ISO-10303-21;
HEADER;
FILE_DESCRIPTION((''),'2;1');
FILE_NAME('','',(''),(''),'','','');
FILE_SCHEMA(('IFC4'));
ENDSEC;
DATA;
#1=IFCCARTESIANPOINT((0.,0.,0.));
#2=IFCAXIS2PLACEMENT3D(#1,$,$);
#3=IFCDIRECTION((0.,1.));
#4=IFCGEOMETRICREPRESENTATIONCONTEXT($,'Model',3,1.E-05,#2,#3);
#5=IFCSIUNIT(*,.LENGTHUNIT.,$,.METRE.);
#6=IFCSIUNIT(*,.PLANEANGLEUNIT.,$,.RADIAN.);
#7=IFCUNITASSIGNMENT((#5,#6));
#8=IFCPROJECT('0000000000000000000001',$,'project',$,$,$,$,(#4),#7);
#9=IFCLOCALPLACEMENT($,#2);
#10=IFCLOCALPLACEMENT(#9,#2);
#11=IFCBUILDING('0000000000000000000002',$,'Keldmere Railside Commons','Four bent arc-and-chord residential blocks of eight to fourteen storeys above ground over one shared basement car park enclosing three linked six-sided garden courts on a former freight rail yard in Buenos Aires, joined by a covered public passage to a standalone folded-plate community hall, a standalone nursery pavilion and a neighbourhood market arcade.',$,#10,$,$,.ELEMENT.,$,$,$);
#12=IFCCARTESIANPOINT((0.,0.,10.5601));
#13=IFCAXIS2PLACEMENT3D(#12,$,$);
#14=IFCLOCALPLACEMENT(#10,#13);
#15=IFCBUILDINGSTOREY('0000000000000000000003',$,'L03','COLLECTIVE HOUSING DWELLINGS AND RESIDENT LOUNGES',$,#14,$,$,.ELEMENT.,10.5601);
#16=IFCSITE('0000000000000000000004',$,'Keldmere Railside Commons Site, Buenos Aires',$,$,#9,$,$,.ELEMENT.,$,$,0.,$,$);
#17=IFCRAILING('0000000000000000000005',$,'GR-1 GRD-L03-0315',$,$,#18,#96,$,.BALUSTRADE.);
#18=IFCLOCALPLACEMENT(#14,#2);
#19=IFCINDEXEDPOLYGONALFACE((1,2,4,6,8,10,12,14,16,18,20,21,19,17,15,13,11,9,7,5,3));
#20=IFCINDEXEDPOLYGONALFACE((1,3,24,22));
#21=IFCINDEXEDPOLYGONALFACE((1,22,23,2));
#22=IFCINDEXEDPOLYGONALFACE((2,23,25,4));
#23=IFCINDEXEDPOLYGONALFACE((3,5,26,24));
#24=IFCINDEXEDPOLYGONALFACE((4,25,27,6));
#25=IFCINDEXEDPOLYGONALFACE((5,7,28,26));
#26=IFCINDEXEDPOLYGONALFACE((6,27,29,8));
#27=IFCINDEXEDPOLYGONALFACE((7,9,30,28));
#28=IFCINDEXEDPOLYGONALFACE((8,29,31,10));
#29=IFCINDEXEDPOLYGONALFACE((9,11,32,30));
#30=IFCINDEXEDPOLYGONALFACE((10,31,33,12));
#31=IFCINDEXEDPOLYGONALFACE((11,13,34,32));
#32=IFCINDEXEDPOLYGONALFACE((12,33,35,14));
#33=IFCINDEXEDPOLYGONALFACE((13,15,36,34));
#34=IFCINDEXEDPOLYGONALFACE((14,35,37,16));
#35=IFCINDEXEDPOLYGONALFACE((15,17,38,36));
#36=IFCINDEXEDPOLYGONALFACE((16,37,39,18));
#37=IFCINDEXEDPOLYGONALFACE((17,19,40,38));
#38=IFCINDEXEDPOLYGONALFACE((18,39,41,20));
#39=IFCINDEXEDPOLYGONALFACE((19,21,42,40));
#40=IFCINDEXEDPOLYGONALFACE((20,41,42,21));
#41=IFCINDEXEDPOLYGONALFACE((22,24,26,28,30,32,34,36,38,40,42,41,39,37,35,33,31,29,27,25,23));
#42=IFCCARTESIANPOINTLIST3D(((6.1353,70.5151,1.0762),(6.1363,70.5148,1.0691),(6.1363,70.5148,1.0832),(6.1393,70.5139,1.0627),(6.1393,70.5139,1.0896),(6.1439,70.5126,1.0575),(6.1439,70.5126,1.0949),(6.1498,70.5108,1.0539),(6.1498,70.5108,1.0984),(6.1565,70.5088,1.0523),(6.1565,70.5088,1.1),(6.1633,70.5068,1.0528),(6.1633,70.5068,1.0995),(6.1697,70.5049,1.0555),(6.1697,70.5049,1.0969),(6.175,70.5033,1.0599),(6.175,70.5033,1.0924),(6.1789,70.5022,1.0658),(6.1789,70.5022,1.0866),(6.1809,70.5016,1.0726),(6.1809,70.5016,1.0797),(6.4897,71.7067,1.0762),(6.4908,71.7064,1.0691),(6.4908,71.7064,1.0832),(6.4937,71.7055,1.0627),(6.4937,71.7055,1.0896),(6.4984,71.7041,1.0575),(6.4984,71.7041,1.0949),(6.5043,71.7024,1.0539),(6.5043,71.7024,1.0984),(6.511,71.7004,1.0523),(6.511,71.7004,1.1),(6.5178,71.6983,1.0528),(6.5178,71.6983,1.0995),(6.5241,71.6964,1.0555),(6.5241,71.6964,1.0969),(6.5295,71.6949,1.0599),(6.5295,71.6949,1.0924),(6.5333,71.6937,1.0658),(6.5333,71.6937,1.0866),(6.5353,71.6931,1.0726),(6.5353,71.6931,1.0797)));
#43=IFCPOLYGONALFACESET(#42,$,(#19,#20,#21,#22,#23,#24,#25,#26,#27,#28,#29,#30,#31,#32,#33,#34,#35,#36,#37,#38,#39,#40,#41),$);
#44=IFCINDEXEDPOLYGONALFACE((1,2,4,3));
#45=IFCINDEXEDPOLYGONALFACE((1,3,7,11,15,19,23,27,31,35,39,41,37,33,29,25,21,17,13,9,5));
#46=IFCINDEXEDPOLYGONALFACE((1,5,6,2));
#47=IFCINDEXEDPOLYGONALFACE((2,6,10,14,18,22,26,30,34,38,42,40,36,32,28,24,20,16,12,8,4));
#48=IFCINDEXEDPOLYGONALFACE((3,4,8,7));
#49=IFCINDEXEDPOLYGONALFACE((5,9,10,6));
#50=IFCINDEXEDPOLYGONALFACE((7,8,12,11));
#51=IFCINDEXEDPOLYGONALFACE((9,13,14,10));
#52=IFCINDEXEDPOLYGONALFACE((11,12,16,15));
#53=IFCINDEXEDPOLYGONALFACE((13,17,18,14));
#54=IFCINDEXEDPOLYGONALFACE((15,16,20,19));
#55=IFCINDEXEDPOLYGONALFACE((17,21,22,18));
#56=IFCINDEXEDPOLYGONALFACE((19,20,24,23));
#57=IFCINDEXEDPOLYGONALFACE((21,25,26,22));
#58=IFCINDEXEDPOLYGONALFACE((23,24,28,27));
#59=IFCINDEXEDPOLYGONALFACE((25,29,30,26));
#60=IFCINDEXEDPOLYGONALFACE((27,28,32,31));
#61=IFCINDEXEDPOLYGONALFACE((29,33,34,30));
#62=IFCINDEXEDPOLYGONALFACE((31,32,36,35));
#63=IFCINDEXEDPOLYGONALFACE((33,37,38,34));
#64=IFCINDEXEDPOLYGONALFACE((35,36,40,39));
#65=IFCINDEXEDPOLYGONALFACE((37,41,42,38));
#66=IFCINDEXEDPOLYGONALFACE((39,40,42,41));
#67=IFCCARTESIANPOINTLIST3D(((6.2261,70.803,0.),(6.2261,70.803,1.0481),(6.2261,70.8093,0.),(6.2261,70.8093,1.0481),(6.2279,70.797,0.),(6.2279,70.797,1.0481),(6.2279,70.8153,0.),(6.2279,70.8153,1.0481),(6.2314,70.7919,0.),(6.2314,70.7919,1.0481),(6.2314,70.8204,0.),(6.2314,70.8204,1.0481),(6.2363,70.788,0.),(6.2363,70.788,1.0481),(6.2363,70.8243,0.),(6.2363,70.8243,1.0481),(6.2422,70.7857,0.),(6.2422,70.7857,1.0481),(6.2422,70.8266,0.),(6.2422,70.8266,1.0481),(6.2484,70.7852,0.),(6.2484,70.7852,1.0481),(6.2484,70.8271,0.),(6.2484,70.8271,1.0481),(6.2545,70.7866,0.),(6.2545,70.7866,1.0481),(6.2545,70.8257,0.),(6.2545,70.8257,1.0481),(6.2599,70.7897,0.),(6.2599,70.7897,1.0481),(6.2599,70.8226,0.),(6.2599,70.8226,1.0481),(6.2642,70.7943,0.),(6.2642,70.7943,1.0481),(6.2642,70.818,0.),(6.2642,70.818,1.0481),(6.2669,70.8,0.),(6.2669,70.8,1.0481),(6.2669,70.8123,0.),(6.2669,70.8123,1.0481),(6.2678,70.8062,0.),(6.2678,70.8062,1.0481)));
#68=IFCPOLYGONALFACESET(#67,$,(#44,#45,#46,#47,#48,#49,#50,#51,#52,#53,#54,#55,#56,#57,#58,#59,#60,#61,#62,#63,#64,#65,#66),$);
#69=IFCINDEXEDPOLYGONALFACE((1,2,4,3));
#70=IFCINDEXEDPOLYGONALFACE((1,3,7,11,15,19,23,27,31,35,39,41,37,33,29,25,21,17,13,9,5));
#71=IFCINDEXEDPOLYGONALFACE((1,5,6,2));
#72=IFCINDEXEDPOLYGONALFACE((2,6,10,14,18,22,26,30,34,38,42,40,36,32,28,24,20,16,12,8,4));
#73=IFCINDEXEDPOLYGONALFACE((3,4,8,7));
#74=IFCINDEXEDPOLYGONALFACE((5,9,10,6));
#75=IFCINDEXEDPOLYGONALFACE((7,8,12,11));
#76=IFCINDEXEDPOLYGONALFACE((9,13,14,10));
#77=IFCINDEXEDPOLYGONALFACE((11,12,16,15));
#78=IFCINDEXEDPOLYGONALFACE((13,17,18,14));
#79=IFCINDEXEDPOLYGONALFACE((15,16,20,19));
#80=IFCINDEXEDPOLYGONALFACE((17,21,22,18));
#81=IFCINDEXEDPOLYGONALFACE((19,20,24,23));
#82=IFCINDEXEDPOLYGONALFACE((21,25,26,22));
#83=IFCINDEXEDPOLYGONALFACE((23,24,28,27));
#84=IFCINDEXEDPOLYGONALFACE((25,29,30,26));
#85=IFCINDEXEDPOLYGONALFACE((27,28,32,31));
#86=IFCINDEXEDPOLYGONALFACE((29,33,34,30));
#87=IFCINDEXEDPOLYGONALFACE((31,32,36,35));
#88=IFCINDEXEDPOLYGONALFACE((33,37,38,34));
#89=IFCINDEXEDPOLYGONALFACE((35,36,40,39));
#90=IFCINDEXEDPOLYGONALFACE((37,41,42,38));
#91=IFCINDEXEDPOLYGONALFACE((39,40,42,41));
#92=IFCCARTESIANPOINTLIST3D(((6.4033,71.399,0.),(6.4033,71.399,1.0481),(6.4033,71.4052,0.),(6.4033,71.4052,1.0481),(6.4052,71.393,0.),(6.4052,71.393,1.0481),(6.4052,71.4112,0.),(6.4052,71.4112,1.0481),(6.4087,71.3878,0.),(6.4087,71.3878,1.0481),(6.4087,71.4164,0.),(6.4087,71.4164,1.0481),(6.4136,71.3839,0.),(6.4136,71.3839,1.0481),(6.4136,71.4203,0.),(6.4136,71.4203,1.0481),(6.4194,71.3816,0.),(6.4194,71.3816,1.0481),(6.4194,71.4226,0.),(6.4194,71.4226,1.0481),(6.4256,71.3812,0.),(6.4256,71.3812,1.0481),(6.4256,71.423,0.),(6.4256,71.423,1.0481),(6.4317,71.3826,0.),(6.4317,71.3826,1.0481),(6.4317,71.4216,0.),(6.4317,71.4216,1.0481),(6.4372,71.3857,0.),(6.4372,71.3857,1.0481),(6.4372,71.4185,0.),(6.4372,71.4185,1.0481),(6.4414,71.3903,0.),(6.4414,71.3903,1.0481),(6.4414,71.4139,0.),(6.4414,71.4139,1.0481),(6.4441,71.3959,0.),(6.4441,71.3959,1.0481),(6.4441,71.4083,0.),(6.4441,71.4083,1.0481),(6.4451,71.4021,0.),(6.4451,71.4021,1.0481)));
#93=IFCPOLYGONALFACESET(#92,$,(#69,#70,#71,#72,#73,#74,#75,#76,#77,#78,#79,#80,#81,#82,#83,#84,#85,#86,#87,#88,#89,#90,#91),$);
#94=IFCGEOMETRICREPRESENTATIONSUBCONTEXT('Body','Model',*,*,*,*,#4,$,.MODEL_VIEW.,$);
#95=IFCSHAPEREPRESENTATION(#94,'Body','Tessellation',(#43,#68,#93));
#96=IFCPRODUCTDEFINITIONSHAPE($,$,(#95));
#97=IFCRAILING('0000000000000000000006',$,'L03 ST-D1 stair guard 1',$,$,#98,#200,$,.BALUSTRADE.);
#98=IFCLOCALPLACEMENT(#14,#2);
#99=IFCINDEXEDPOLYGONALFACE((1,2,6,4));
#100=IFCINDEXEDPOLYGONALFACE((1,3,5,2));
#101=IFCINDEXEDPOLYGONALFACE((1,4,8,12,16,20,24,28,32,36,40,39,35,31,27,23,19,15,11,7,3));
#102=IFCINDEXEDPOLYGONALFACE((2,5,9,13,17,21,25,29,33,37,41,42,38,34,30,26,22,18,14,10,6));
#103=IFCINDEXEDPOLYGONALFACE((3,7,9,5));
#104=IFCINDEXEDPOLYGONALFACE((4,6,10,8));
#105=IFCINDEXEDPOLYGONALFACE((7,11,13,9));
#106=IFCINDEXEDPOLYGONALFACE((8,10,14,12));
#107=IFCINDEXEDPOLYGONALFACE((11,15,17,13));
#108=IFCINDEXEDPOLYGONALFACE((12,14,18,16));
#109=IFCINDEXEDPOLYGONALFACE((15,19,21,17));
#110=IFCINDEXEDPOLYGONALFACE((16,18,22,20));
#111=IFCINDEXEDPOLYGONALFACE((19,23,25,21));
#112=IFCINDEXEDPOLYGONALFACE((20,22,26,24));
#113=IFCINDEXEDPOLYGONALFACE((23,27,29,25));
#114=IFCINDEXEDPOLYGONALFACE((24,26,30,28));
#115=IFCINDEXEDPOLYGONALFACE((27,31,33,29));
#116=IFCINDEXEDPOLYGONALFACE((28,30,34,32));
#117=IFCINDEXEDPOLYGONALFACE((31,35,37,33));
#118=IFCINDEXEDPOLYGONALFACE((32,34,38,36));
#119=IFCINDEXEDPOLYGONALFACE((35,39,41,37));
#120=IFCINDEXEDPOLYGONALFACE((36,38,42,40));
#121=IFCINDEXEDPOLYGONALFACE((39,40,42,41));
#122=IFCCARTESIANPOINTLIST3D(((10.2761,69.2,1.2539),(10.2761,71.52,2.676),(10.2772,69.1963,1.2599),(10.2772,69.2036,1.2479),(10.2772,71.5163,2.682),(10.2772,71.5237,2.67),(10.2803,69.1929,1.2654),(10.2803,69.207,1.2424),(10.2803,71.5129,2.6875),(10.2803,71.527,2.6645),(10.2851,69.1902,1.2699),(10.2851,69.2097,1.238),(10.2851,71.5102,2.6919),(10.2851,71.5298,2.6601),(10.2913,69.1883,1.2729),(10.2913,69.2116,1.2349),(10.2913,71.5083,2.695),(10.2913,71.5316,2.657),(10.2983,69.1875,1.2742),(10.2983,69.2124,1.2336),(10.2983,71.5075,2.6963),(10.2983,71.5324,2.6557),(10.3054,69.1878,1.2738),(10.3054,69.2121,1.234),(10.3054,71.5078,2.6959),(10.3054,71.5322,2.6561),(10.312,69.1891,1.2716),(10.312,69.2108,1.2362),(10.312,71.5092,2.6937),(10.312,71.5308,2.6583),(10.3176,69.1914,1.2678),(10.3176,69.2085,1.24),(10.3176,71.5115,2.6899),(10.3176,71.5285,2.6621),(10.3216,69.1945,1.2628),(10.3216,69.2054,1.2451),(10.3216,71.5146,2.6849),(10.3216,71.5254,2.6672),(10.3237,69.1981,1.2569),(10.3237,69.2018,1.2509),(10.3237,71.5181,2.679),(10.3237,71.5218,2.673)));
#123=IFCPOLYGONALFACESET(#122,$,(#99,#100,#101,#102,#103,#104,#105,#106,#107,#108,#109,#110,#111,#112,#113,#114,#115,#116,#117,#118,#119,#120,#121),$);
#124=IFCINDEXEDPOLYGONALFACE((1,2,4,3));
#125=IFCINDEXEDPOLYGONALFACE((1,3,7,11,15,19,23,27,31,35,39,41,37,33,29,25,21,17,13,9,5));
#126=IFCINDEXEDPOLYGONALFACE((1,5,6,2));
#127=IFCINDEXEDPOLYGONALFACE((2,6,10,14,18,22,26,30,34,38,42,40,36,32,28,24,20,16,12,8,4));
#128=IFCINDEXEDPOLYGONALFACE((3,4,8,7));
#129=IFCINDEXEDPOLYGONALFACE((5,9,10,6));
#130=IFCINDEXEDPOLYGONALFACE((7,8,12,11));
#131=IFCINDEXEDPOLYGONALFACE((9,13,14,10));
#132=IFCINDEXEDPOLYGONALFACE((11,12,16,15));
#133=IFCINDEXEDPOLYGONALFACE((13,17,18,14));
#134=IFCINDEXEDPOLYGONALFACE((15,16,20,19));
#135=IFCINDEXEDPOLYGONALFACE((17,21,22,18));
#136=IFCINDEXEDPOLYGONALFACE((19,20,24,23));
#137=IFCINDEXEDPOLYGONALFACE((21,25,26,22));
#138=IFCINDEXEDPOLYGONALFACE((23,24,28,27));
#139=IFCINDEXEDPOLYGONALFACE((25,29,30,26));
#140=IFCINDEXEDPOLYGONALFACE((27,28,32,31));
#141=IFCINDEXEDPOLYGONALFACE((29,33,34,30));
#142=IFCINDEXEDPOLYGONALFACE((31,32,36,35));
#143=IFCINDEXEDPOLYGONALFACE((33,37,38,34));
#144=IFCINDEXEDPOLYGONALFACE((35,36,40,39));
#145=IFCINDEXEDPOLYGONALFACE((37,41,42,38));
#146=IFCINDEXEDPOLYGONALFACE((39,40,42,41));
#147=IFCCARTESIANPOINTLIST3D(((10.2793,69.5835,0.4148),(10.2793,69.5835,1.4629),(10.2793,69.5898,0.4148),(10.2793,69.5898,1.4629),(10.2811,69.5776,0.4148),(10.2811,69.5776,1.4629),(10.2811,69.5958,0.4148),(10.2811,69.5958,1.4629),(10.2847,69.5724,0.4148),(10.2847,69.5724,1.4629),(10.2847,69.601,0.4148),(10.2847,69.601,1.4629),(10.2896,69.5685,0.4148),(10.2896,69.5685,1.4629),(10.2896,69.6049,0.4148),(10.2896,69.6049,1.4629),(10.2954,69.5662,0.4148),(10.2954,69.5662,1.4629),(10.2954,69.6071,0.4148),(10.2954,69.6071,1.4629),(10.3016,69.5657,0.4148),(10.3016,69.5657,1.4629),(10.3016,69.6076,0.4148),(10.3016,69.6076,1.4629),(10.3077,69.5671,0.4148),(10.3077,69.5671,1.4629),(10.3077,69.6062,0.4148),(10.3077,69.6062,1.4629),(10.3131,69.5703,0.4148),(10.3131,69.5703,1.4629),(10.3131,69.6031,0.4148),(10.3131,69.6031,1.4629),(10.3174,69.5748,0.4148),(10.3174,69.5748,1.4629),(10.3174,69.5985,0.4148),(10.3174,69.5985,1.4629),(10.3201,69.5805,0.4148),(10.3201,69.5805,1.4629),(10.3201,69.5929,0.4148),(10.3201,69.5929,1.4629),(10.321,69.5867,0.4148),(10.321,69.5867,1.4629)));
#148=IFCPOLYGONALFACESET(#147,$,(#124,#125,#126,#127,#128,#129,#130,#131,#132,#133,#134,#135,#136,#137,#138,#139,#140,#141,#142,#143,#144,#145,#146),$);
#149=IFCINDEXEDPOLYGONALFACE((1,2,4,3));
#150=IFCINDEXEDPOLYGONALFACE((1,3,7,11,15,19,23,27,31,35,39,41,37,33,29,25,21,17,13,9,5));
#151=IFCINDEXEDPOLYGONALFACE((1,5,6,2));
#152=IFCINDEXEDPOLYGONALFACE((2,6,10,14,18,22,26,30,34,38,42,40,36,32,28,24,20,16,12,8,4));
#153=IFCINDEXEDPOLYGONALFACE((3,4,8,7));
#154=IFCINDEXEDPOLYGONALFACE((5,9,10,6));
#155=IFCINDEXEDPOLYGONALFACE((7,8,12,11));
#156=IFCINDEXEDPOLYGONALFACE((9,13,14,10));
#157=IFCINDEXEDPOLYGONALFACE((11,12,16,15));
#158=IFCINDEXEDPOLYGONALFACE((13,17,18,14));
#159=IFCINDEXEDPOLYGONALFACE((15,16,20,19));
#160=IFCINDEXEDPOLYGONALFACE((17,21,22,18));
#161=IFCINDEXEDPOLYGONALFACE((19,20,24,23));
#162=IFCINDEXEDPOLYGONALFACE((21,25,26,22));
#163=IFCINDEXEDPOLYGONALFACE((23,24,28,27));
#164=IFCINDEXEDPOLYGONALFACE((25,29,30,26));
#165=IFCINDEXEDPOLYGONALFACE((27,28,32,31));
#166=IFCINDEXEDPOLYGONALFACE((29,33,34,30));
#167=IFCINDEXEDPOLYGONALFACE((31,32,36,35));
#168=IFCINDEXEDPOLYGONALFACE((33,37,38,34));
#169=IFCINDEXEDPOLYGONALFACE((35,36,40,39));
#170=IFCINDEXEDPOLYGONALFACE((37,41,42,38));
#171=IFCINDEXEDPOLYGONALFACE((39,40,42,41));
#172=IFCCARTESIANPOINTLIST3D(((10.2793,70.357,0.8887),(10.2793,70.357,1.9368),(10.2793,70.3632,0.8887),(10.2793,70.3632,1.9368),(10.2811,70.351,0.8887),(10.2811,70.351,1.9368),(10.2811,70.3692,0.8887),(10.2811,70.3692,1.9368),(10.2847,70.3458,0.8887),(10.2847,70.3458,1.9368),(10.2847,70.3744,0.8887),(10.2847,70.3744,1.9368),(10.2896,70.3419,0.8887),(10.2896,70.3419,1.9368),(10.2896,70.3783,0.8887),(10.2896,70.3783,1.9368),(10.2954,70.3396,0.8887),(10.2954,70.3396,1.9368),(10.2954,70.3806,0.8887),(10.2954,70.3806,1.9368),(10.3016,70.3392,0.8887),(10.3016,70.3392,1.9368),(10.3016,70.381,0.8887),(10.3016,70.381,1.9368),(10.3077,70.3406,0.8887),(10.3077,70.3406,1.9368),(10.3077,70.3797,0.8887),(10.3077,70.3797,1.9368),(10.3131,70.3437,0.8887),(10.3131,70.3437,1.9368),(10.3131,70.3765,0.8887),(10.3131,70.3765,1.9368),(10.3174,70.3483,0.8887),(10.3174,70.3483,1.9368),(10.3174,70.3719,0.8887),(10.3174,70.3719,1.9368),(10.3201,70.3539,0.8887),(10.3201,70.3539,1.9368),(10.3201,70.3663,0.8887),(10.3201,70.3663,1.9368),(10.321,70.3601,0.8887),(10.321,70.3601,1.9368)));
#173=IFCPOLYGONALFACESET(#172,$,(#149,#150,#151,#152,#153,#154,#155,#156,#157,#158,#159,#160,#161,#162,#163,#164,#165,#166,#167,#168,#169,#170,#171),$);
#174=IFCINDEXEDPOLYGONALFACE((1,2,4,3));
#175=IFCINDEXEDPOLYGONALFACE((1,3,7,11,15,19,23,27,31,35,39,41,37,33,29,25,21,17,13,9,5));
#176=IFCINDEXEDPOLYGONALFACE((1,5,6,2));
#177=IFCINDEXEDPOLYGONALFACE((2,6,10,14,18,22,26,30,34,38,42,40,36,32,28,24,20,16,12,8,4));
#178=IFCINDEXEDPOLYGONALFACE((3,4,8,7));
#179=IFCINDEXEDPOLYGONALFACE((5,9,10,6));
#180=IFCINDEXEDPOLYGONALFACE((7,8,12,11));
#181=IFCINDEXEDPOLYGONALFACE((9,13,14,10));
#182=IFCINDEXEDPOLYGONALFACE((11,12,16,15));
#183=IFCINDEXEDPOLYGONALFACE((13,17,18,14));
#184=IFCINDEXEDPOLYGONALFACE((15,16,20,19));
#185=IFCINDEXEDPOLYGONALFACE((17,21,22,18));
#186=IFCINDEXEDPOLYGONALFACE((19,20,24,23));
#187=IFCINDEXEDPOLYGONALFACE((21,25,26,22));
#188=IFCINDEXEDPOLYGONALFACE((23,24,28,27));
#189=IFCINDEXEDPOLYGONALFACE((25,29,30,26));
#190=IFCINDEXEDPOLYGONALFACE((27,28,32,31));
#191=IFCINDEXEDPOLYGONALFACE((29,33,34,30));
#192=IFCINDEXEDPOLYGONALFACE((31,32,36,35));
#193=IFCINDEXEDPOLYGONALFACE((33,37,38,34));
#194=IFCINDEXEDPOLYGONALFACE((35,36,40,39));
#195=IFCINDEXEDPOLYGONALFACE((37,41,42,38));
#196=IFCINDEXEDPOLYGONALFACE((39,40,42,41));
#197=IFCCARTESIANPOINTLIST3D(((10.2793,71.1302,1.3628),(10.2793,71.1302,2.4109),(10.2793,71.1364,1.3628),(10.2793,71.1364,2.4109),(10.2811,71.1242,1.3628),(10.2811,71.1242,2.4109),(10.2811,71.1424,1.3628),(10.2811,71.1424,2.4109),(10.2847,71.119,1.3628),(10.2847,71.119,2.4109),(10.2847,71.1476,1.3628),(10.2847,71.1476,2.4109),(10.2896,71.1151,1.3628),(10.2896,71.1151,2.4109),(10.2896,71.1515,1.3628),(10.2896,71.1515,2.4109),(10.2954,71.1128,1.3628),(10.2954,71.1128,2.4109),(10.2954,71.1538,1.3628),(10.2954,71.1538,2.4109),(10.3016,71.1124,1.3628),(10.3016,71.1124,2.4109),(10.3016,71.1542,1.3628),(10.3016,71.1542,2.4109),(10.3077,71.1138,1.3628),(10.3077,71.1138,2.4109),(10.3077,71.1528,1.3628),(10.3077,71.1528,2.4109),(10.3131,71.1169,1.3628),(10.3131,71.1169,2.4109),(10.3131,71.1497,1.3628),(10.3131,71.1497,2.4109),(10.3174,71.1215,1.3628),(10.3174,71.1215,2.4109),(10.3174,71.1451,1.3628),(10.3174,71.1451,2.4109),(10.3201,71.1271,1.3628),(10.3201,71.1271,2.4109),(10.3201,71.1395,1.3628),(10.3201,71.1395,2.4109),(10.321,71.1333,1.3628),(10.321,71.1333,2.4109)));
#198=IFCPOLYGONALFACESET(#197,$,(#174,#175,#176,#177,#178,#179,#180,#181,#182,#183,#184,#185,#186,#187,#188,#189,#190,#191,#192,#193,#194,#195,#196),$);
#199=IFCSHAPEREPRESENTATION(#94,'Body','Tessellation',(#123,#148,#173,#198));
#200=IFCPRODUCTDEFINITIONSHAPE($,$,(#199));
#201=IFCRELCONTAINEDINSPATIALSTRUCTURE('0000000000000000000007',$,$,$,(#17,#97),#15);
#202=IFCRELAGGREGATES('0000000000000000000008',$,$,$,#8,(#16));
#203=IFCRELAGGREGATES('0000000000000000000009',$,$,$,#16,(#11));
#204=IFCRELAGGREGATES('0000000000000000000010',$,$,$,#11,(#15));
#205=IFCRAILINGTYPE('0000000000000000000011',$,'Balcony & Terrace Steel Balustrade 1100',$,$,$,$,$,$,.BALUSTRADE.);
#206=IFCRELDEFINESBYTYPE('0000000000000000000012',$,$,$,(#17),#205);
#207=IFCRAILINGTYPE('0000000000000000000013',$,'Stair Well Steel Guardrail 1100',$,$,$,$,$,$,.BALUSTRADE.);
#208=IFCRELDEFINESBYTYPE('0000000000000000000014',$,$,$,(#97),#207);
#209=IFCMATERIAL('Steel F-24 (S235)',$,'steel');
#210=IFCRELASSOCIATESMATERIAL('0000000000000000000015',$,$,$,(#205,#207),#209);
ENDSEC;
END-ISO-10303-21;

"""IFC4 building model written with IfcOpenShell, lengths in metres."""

from ifc_helpers import new_model, si_unit, direction, frame, origin, origin_2d, place, context, subcontext, project, spatial, circle, extrude, material, type_object, element, save


model = new_model("IFC4")

# Units and contexts
model_context = context("Model", 3, precision=1e-05, world=origin(), true_north=direction((0.0, 1.0)))
body_context = subcontext(model_context, "Body", "Model", "MODEL_VIEW")
ifc_project = project(units=[si_unit("LENGTHUNIT", "METRE"), si_unit("PLANEANGLEUNIT", "RADIAN")], contexts=[model_context])

# Site, building, storey
site_placement = place(None, origin())
site = spatial("IfcSite", under=ifc_project, at=site_placement, Name="Keldmere Railside Commons Site, Buenos Aires", CompositionType="ELEMENT", RefElevation=0.0)
building_placement = place(site_placement, origin())
building = spatial("IfcBuilding", under=site, at=building_placement, Name="Keldmere Railside Commons", Description="Four bent arc-and-chord residential blocks of eight to fourteen storeys above ground over one shared basement car park enclosing three linked six-sided garden courts on a former freight rail yard in Buenos Aires, joined by a covered public passage to a standalone folded-plate community hall, a standalone nursery pavilion and a neighbourhood market arcade.", CompositionType="ELEMENT")
storey_placement = place(building_placement, frame((0.0, 0.0, 10.5601)))
storey = spatial("IfcBuildingStorey", under=building, at=storey_placement, Name="L03", Description="COLLECTIVE HOUSING DWELLINGS AND RESIDENT LOUNGES", CompositionType="ELEMENT", Elevation=10.5601)

# Railings
ifc_material_1 = material(Name="Steel F-24 (S235)", Category="steel")
railing_type_1 = type_object("IfcRailingType", Name="Balcony & Terrace Steel Balustrade 1100", PredefinedType="BALUSTRADE", material=ifc_material_1)
railing_1_placement = place(storey_placement, frame((6.1582, 70.5083, 0.0)))
element("IfcRailing", 1, at=railing_1_placement, inside=storey, type_object=railing_type_1, Name="GR-1 GRD-L03-0315", PredefinedType="BALUSTRADE", context=body_context, shape_type="SweptSolid", body=[
    extrude(circle(Radius=0.0239, at=origin_2d()), frame((0.0, 0.0, 1.0762), z_axis=(0.285131, 0.958489, 0.0), x_axis=(-0.958489, 0.285131, 0.0)), (0.0, 0.0, 1.0), 1.2432),
    extrude(circle(Radius=0.021, at=origin_2d()), frame((0.0886, 0.2979, 0.0)), (0.0, 0.0, 1.0), 1.0481),
    extrude(circle(Radius=0.021, at=origin_2d()), frame((0.2659, 0.8938, 0.0)), (0.0, 0.0, 1.0), 1.0481),
])
railing_type_2 = type_object("IfcRailingType", Name="Stair Well Steel Guardrail 1100", PredefinedType="BALUSTRADE", material=ifc_material_1)
railing_2_placement = place(storey_placement, frame((10.3, 69.2, 0.1777)))
element("IfcRailing", 2, at=railing_2_placement, inside=storey, type_object=railing_type_2, Name="L03 ST-D1 stair guard 1", PredefinedType="BALUSTRADE", context=body_context, shape_type="SweptSolid", body=[
    extrude(circle(Radius=0.0239, at=origin_2d()), frame((0.0, 0.0, 1.0762), z_axis=(0.0, 0.852578, 0.5226), x_axis=(-1.0, 0.0, 0.0)), (0.0, 0.0, 1.0), 2.7212),
    extrude(circle(Radius=0.021, at=origin_2d()), frame((0.0, 0.3867, 0.2371)), (0.0, 0.0, 1.0), 1.0481),
    extrude(circle(Radius=0.021, at=origin_2d()), frame((0.0, 1.1602, 0.7109)), (0.0, 0.0, 1.0), 1.0481),
    extrude(circle(Radius=0.021, at=origin_2d()), frame((0.0, 1.9333, 1.1851)), (0.0, 0.0, 1.0), 1.0481),
])

save(model, "model.ifc")
